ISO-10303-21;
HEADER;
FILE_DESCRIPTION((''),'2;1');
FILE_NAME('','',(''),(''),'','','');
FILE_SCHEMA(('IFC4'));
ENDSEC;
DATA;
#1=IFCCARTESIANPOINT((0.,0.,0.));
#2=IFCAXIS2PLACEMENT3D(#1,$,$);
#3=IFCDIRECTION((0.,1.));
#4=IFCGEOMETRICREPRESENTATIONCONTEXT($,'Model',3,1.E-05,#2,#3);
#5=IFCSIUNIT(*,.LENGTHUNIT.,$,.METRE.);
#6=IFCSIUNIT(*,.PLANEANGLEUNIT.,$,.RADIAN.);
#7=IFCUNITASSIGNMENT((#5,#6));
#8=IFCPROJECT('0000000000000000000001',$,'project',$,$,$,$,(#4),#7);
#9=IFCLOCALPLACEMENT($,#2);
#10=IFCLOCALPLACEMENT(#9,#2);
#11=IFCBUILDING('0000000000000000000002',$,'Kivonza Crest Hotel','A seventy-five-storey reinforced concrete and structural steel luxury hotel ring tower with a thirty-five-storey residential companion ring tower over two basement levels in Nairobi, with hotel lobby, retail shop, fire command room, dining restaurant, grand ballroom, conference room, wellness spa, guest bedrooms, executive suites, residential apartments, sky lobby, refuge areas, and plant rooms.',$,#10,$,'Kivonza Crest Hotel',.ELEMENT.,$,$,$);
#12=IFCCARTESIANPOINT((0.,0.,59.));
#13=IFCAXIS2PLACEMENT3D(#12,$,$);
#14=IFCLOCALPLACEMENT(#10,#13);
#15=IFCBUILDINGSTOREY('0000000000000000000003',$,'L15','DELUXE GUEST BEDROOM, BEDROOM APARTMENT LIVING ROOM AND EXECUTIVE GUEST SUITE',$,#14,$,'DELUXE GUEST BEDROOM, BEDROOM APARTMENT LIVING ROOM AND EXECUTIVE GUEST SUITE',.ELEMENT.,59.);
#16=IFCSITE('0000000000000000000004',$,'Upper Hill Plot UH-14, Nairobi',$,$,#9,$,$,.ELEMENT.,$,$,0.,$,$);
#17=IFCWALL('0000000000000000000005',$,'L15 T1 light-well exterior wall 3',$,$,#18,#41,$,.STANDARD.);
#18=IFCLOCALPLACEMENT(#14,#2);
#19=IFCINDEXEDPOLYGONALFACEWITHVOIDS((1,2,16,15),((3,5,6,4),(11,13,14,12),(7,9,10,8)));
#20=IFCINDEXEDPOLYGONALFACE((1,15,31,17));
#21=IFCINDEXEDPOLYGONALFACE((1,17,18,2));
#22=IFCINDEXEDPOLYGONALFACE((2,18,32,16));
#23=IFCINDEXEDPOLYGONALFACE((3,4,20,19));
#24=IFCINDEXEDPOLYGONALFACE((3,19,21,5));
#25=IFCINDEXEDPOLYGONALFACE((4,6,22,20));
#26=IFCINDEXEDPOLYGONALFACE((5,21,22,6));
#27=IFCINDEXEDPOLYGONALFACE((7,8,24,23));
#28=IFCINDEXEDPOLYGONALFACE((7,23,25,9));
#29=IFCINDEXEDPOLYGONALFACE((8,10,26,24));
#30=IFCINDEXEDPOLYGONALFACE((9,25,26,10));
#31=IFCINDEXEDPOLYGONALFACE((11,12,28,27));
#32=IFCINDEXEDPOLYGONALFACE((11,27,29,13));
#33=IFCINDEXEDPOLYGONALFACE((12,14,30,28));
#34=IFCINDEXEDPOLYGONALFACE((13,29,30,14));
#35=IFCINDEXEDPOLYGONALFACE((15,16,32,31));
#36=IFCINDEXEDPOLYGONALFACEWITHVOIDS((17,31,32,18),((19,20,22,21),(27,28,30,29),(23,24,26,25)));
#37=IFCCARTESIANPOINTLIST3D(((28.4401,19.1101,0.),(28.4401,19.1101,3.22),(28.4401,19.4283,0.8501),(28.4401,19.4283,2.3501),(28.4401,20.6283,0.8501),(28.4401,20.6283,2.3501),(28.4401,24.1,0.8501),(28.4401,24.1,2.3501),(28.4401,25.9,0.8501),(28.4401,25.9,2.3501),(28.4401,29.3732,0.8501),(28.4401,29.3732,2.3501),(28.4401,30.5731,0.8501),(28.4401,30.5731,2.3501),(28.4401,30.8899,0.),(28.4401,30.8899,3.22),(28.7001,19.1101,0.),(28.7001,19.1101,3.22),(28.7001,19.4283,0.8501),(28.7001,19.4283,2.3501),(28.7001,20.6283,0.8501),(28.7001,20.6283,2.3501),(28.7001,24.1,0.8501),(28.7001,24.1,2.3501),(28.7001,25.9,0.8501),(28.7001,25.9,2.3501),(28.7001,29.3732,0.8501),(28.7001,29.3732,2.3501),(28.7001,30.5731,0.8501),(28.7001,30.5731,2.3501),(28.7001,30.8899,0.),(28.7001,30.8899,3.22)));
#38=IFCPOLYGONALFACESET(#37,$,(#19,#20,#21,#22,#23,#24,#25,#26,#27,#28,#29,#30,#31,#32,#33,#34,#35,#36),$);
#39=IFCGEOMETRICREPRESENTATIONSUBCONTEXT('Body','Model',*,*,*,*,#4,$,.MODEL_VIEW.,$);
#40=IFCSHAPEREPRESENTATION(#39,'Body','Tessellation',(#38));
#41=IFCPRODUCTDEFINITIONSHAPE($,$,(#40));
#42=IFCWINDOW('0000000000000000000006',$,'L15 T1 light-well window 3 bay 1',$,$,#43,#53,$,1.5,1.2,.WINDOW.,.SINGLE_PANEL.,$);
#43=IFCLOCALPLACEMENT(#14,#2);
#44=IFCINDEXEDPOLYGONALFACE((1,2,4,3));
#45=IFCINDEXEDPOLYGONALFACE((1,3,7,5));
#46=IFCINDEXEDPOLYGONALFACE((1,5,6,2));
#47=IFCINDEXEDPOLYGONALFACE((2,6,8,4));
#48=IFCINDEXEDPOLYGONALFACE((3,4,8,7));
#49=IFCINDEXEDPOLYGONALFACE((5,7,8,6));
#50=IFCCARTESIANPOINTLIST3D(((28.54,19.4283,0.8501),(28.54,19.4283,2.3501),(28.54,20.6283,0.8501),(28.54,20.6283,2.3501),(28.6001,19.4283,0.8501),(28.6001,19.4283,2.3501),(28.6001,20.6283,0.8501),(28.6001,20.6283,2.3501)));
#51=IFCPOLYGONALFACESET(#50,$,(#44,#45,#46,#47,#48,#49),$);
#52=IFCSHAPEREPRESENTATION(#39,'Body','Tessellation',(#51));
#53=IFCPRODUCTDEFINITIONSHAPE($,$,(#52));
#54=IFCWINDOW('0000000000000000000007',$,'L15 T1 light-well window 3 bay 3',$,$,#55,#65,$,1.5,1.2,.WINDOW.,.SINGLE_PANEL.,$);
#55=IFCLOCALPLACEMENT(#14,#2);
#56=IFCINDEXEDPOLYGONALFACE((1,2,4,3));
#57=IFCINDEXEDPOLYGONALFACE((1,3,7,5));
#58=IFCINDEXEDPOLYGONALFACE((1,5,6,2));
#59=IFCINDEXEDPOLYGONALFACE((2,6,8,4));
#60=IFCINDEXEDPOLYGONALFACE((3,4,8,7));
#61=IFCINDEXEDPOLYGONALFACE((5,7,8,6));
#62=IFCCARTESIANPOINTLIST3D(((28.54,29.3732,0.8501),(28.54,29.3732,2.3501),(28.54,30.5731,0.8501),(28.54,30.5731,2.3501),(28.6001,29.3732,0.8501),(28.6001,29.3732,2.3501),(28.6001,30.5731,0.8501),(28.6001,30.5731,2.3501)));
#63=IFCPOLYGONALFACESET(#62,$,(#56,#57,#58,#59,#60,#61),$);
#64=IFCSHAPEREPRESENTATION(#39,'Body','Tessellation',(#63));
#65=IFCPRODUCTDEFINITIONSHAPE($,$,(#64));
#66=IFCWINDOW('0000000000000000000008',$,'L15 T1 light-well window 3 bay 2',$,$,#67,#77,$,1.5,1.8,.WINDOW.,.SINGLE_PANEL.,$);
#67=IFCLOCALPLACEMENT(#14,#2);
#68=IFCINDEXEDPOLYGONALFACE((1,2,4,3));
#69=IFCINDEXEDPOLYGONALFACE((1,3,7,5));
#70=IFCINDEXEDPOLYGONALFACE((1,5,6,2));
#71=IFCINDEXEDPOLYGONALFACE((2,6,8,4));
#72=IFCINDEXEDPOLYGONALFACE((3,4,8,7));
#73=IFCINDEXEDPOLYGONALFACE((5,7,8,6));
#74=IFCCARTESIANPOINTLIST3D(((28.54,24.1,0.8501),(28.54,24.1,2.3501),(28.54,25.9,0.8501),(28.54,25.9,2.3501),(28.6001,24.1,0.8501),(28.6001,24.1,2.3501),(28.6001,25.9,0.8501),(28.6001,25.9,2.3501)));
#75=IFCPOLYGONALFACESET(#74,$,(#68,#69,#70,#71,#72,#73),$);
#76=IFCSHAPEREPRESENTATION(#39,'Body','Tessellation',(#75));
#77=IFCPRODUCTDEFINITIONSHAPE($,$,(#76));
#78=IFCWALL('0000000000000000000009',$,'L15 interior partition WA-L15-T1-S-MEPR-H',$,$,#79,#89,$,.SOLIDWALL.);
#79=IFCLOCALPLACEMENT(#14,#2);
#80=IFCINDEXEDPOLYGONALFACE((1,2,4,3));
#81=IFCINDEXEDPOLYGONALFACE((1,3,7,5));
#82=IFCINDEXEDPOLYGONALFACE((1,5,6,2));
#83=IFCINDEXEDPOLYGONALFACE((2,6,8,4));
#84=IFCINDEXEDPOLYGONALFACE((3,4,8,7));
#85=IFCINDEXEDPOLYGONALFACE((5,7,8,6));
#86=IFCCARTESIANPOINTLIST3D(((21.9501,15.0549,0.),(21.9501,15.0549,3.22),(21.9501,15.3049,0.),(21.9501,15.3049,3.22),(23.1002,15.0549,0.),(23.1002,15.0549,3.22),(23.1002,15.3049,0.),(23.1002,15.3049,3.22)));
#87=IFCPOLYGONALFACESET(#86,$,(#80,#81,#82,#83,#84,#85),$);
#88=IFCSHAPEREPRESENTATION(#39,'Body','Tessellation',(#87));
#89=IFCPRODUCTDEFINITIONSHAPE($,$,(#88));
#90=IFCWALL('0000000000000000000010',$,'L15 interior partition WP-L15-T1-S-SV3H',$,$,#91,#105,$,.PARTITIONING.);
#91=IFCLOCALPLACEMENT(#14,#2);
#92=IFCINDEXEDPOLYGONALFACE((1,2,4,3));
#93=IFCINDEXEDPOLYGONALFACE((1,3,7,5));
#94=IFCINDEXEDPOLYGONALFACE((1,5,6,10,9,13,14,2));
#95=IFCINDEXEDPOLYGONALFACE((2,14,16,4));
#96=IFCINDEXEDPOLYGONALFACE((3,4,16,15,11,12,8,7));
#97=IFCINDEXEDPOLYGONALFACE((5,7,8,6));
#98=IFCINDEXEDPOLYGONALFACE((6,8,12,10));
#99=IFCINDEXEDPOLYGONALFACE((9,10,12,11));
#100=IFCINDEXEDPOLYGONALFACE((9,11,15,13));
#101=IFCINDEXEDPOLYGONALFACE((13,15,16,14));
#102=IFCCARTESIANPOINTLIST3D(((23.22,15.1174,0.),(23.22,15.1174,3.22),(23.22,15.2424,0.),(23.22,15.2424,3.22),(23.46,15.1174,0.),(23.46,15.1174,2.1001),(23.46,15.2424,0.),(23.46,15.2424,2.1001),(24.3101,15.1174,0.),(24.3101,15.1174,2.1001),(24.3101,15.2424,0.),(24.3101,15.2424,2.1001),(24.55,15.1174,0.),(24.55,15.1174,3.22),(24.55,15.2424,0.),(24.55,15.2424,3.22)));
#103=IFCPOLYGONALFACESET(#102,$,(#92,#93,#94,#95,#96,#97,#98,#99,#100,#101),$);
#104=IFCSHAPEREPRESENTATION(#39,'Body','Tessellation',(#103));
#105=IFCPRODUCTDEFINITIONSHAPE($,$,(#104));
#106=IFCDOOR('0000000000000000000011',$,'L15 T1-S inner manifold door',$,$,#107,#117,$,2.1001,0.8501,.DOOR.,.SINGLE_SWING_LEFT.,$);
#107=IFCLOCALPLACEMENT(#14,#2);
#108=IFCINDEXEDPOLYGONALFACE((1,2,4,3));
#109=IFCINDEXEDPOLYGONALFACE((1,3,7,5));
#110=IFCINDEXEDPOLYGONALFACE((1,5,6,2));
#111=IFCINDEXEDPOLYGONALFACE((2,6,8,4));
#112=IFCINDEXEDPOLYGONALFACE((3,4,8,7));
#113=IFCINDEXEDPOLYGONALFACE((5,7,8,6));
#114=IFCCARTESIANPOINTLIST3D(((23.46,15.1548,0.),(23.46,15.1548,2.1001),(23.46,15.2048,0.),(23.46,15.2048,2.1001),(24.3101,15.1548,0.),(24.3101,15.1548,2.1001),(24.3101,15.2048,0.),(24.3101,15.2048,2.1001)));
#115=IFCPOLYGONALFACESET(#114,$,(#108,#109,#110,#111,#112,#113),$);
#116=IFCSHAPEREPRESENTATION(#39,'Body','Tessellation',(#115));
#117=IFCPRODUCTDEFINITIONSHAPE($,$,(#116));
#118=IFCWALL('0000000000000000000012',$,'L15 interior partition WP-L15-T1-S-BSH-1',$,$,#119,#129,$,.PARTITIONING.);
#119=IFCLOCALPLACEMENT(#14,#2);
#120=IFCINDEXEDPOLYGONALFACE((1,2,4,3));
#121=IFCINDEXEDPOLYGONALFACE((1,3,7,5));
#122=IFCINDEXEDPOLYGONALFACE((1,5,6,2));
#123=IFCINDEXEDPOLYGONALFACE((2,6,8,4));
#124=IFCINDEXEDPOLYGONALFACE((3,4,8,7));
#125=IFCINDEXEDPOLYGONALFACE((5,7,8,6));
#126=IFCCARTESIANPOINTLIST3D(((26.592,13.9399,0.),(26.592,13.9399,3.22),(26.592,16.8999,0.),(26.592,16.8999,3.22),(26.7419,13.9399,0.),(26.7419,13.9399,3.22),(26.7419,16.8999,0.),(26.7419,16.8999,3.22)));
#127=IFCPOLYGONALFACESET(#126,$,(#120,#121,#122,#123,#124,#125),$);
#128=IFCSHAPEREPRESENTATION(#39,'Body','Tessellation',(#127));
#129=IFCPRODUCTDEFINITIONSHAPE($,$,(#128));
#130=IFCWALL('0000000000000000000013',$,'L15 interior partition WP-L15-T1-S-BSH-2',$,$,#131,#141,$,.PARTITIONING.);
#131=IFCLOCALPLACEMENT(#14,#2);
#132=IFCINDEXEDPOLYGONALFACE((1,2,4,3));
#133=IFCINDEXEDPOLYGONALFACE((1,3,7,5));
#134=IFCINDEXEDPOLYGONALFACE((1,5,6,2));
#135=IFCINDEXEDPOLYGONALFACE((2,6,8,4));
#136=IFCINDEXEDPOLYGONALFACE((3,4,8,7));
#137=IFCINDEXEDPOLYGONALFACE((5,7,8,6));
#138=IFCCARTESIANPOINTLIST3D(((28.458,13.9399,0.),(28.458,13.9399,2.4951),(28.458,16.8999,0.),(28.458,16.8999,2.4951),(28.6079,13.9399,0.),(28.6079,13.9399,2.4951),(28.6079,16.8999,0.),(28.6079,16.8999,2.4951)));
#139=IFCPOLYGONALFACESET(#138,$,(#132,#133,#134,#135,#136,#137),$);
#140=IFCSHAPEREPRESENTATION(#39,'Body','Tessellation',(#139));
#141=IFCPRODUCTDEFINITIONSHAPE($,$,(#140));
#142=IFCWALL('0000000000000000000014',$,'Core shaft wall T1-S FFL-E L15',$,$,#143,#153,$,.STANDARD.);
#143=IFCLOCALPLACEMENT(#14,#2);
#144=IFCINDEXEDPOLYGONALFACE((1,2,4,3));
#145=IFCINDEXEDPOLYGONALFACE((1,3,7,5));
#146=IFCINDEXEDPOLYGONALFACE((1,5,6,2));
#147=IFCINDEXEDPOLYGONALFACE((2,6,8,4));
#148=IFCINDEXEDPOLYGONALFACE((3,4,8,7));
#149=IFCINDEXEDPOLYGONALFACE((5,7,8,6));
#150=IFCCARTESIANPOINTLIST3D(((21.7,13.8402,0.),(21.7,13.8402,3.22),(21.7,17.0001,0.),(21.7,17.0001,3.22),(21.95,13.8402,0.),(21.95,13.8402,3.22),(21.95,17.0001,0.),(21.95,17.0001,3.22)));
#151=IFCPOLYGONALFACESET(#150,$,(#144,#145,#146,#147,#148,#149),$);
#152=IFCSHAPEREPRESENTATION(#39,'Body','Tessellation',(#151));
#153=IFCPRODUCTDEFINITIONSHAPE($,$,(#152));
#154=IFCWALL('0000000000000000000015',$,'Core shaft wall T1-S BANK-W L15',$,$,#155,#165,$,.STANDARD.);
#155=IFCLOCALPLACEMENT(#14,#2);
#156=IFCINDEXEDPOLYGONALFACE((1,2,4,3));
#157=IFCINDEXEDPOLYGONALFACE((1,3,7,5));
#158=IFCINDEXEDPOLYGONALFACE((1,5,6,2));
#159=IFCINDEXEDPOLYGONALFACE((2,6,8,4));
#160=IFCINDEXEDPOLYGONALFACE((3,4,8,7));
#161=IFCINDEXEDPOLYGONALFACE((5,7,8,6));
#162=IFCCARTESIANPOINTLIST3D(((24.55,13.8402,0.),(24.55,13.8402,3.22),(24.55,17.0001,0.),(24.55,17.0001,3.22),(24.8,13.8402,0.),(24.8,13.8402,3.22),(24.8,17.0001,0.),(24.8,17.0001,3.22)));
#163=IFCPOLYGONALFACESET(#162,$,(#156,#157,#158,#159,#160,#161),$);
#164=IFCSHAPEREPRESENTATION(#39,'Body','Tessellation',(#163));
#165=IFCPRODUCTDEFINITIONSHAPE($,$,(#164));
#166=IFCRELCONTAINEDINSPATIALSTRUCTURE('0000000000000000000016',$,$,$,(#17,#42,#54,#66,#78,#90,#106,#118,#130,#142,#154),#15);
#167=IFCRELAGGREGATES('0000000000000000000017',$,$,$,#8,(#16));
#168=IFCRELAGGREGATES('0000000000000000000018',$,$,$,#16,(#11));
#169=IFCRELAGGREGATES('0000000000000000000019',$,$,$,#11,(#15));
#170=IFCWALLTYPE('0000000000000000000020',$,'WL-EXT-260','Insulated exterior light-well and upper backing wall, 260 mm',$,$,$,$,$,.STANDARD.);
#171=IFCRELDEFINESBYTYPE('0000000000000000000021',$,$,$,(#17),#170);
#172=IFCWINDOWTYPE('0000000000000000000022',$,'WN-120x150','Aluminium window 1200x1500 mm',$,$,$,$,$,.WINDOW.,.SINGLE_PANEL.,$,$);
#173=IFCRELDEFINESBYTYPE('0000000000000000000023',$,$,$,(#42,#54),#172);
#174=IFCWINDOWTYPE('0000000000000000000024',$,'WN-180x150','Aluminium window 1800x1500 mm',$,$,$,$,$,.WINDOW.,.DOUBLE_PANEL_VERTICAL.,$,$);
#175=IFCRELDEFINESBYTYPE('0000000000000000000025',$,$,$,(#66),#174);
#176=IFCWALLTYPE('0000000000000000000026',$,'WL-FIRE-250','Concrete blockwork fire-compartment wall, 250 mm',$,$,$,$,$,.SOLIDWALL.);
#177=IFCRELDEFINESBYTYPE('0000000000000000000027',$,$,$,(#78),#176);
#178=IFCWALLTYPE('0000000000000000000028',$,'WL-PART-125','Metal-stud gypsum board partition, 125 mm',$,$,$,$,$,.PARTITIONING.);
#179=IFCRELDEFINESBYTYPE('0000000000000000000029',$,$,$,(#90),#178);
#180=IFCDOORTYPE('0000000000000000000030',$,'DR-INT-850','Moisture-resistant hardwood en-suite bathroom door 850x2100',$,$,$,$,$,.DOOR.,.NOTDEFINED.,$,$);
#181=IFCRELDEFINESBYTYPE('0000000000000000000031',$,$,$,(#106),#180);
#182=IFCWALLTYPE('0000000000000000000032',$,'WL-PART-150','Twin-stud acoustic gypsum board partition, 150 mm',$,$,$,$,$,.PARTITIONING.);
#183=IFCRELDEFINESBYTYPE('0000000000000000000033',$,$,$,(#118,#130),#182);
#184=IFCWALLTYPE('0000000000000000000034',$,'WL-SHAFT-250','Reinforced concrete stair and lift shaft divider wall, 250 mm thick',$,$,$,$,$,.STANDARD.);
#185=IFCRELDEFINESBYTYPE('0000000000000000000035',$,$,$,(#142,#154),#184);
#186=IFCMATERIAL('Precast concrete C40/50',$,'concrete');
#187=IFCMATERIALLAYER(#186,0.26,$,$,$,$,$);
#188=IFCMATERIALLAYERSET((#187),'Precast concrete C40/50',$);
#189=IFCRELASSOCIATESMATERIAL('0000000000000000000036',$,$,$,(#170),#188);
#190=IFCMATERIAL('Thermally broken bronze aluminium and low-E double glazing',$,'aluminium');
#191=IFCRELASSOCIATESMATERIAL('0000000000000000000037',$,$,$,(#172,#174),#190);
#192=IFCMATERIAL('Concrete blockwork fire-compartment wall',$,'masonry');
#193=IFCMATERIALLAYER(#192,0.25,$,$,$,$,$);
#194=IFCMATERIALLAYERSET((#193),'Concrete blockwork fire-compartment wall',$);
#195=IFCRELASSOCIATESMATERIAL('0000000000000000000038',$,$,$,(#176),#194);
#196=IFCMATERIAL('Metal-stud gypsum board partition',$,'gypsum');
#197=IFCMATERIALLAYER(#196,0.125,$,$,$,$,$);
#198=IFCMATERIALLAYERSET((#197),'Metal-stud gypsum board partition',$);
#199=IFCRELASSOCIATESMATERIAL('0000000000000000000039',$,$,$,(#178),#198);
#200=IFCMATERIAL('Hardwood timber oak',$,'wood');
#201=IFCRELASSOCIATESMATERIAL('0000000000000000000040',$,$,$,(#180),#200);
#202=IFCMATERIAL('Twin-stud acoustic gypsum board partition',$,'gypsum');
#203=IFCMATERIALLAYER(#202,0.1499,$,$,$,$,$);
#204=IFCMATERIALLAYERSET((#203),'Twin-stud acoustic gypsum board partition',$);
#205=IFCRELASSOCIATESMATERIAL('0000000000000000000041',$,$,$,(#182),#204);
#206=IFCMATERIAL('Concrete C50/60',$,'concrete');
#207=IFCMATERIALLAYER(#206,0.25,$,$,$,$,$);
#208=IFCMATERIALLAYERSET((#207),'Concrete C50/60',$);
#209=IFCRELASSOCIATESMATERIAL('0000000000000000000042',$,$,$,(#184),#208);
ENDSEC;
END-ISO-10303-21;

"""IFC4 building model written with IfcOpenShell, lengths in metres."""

from ifc_helpers import new_model, si_unit, direction, frame, frame_2d, origin, place, context, subcontext, project, spatial, rectangle, extrude, material, layer, layer_set, type_object, element, fill, save


model = new_model("IFC4")

# Units and contexts
model_context = context("Model", 3, precision=1e-05, world=origin(), true_north=direction((0.0, 1.0)))
body_context = subcontext(model_context, "Body", "Model", "MODEL_VIEW")
ifc_project = project(units=[si_unit("LENGTHUNIT", "METRE"), si_unit("PLANEANGLEUNIT", "RADIAN")], contexts=[model_context])

# Site, building, storey
site_placement = place(None, origin())
site = spatial("IfcSite", under=ifc_project, at=site_placement, Name="Upper Hill Plot UH-14, Nairobi", CompositionType="ELEMENT", RefElevation=0.0)
building_placement = place(site_placement, origin())
building = spatial("IfcBuilding", under=site, at=building_placement, Name="Kivonza Crest Hotel", Description="A seventy-five-storey reinforced concrete and structural steel luxury hotel ring tower with a thirty-five-storey residential companion ring tower over two basement levels in Nairobi, with hotel lobby, retail shop, fire command room, dining restaurant, grand ballroom, conference room, wellness spa, guest bedrooms, executive suites, residential apartments, sky lobby, refuge areas, and plant rooms.", LongName="Kivonza Crest Hotel", CompositionType="ELEMENT")
storey_placement = place(building_placement, frame((0.0, 0.0, 59.0)))
storey = spatial("IfcBuildingStorey", under=building, at=storey_placement, Name="L15", Description="DELUXE GUEST BEDROOM, BEDROOM APARTMENT LIVING ROOM AND EXECUTIVE GUEST SUITE", LongName="DELUXE GUEST BEDROOM, BEDROOM APARTMENT LIVING ROOM AND EXECUTIVE GUEST SUITE", CompositionType="ELEMENT", Elevation=59.0)

# Shared definitions
ifc_material_1 = material(Name="Hardwood timber oak", Category="wood")

# Shared definitions
ifc_material_2 = material(Name="Precast concrete C40/50", Category="concrete")
ifc_layer_1 = layer(ifc_material_2, 0.26)
ifc_layer_set_1 = layer_set([ifc_layer_1], Name="Precast concrete C40/50")
wall_type_1 = type_object("IfcWallType", Name="WL-EXT-260", Description="Insulated exterior light-well and upper backing wall, 260 mm", PredefinedType="STANDARD", material=ifc_layer_set_1)

# Wall, openings, windows
wall_1_placement = place(storey_placement, frame((28.5701, 19.1101, 0.0), z_axis=(0.0, 0.0, 1.0), x_axis=(0.0, 1.0, 0.0)))
wall_1 = element("IfcWall", 1, at=wall_1_placement, inside=storey, type_object=wall_type_1, Name="L15 T1 light-well exterior wall 3", PredefinedType="STANDARD", context=body_context, shape_type="SweptSolid", body=[
    extrude(rectangle(XDim=11.7798, YDim=0.26, at=frame_2d((5.8899, 0.0))), origin(), (0.0, 0.0, 1.0), 3.22),
])
opening_1_placement = place(wall_1_placement, frame((0.3181, 0.0, 0.8501)))
opening_1 = element("IfcOpeningElement", 2, at=opening_1_placement, cuts=wall_1, PredefinedType="OPENING", context=body_context, shape_type="SweptSolid", body=[
    extrude(rectangle(XDim=1.2, YDim=1.5, at=frame_2d((0.6001, 0.75))), frame((0.0, 0.1401, 0.0), z_axis=(0.0, -1.0, 0.0), x_axis=(1.0, 0.0, 0.0)), (0.0, 0.0, 1.0), 0.28),
])
opening_2_placement = place(wall_1_placement, frame((4.99, 0.0, 0.8501)))
opening_2 = element("IfcOpeningElement", 3, at=opening_2_placement, cuts=wall_1, PredefinedType="OPENING", context=body_context, shape_type="SweptSolid", body=[
    extrude(rectangle(XDim=1.8, YDim=1.5, at=frame_2d((0.8999, 0.75))), frame((0.0, 0.1401, 0.0), z_axis=(0.0, -1.0, 0.0), x_axis=(1.0, 0.0, 0.0)), (0.0, 0.0, 1.0), 0.28),
])
opening_3_placement = place(wall_1_placement, frame((10.2629, 0.0, 0.8501)))
opening_3 = element("IfcOpeningElement", 4, at=opening_3_placement, cuts=wall_1, PredefinedType="OPENING", context=body_context, shape_type="SweptSolid", body=[
    extrude(rectangle(XDim=1.2, YDim=1.5, at=frame_2d((0.6001, 0.75))), frame((0.0, 0.1401, 0.0), z_axis=(0.0, -1.0, 0.0), x_axis=(1.0, 0.0, 0.0)), (0.0, 0.0, 1.0), 0.28),
])
ifc_material_3 = material(Name="Thermally broken bronze aluminium and low-E double glazing", Category="aluminium")
window_type_1 = type_object("IfcWindowType", Name="WN-120x150", Description="Aluminium window 1200x1500 mm", PartitioningType="SINGLE_PANEL", PredefinedType="WINDOW", material=ifc_material_3)
window_1_placement = place(opening_1_placement, origin())
window_1 = element("IfcWindow", 5, at=window_1_placement, inside=storey, type_object=window_type_1, Name="L15 T1 light-well window 3 bay 1", OverallHeight=1.5, OverallWidth=1.2, PartitioningType="SINGLE_PANEL", PredefinedType="WINDOW", context=body_context, shape_type="SweptSolid", body=[
    extrude(rectangle(XDim=1.2, YDim=1.5, at=frame_2d((0.6001, 0.75))), frame((0.0, 0.03, 0.0), z_axis=(0.0, -1.0, 0.0), x_axis=(1.0, 0.0, 0.0)), (0.0, 0.0, 1.0), 0.0601),
])
fill(opening_1, window_1)
window_2_placement = place(opening_3_placement, origin())
window_2 = element("IfcWindow", 6, at=window_2_placement, inside=storey, type_object=window_type_1, Name="L15 T1 light-well window 3 bay 3", OverallHeight=1.5, OverallWidth=1.2, PartitioningType="SINGLE_PANEL", PredefinedType="WINDOW", context=body_context, shape_type="SweptSolid", body=[
    extrude(rectangle(XDim=1.2, YDim=1.5, at=frame_2d((0.6001, 0.75))), frame((0.0, 0.03, 0.0), z_axis=(0.0, -1.0, 0.0), x_axis=(1.0, 0.0, 0.0)), (0.0, 0.0, 1.0), 0.0601),
])
fill(opening_3, window_2)
window_type_2 = type_object("IfcWindowType", Name="WN-180x150", Description="Aluminium window 1800x1500 mm", PartitioningType="DOUBLE_PANEL_VERTICAL", PredefinedType="WINDOW", material=ifc_material_3)
window_3_placement = place(opening_2_placement, origin())
window_3 = element("IfcWindow", 7, at=window_3_placement, inside=storey, type_object=window_type_2, Name="L15 T1 light-well window 3 bay 2", OverallHeight=1.5, OverallWidth=1.8, PartitioningType="SINGLE_PANEL", PredefinedType="WINDOW", context=body_context, shape_type="SweptSolid", body=[
    extrude(rectangle(XDim=1.8, YDim=1.5, at=frame_2d((0.8999, 0.75))), frame((0.0, 0.03, 0.0), z_axis=(0.0, -1.0, 0.0), x_axis=(1.0, 0.0, 0.0)), (0.0, 0.0, 1.0), 0.0601),
])
fill(opening_2, window_3)

# Wall
ifc_material_4 = material(Name="Concrete blockwork fire-compartment wall", Category="masonry")
ifc_layer_2 = layer(ifc_material_4, 0.25)
ifc_layer_set_2 = layer_set([ifc_layer_2], Name="Concrete blockwork fire-compartment wall")
wall_type_2 = type_object("IfcWallType", Name="WL-FIRE-250", Description="Concrete blockwork fire-compartment wall, 250 mm", PredefinedType="SOLIDWALL", material=ifc_layer_set_2)
wall_2_placement = place(storey_placement, frame((21.95, 15.1799, 0.0), z_axis=(0.0, 0.0, 1.0), x_axis=(1.0, 0.0, 0.0)))
element("IfcWall", 8, at=wall_2_placement, inside=storey, type_object=wall_type_2, Name="L15 interior partition WA-L15-T1-S-MEPR-H", PredefinedType="SOLIDWALL", context=body_context, shape_type="SweptSolid", body=[
    extrude(rectangle(XDim=1.1501, YDim=0.25, at=frame_2d((0.5752, 0.0))), origin(), (0.0, 0.0, 1.0), 3.22),
])

# Wall, opening, door
ifc_material_5 = material(Name="Metal-stud gypsum board partition", Category="gypsum")
ifc_layer_3 = layer(ifc_material_5, 0.125)
ifc_layer_set_3 = layer_set([ifc_layer_3], Name="Metal-stud gypsum board partition")
wall_type_3 = type_object("IfcWallType", Name="WL-PART-125", Description="Metal-stud gypsum board partition, 125 mm", PredefinedType="PARTITIONING", material=ifc_layer_set_3)
wall_3_placement = place(storey_placement, frame((23.22, 15.1799, 0.0), z_axis=(0.0, 0.0, 1.0), x_axis=(1.0, 0.0, 0.0)))
wall_3 = element("IfcWall", 9, at=wall_3_placement, inside=storey, type_object=wall_type_3, Name="L15 interior partition WP-L15-T1-S-SV3H", PredefinedType="PARTITIONING", context=body_context, shape_type="SweptSolid", body=[
    extrude(rectangle(XDim=1.3301, YDim=0.125, at=frame_2d((0.665, 0.0))), origin(), (0.0, 0.0, 1.0), 3.22),
])
opening_4_placement = place(wall_3_placement, frame((0.24, 0.0, 0.0)))
opening_4 = element("IfcOpeningElement", 10, at=opening_4_placement, cuts=wall_3, PredefinedType="OPENING", context=body_context, shape_type="SweptSolid", body=[
    extrude(rectangle(XDim=0.8501, YDim=2.1001, at=frame_2d((0.425, 1.05))), frame((0.0, 0.0725, 0.0), z_axis=(0.0, -1.0, 0.0), x_axis=(1.0, 0.0, 0.0)), (0.0, 0.0, 1.0), 0.145),
])
door_type_1 = type_object("IfcDoorType", Name="DR-INT-850", Description="Moisture-resistant hardwood en-suite bathroom door 850x2100", OperationType="NOTDEFINED", PredefinedType="DOOR", material=ifc_material_1)
door_1_placement = place(opening_4_placement, origin())
door_1 = element("IfcDoor", 11, at=door_1_placement, inside=storey, type_object=door_type_1, Name="L15 T1-S inner manifold door", OperationType="SINGLE_SWING_LEFT", OverallHeight=2.1001, OverallWidth=0.8501, PredefinedType="DOOR", context=body_context, shape_type="SweptSolid", body=[
    extrude(rectangle(XDim=0.8501, YDim=2.1001, at=frame_2d((0.425, 1.05))), frame((0.0, 0.0249, 0.0), z_axis=(0.0, -1.0, 0.0), x_axis=(1.0, 0.0, 0.0)), (0.0, 0.0, 1.0), 0.05),
])
fill(opening_4, door_1)

# Walls
ifc_material_6 = material(Name="Twin-stud acoustic gypsum board partition", Category="gypsum")
ifc_layer_4 = layer(ifc_material_6, 0.1499)
ifc_layer_set_4 = layer_set([ifc_layer_4], Name="Twin-stud acoustic gypsum board partition")
wall_type_4 = type_object("IfcWallType", Name="WL-PART-150", Description="Twin-stud acoustic gypsum board partition, 150 mm", PredefinedType="PARTITIONING", material=ifc_layer_set_4)
wall_4_placement = place(storey_placement, frame((26.667, 13.9399, 0.0), z_axis=(0.0, 0.0, 1.0), x_axis=(0.0, 1.0, 0.0)))
element("IfcWall", 12, at=wall_4_placement, inside=storey, type_object=wall_type_4, Name="L15 interior partition WP-L15-T1-S-BSH-1", PredefinedType="PARTITIONING", context=body_context, shape_type="SweptSolid", body=[
    extrude(rectangle(XDim=2.96, YDim=0.1499, at=frame_2d((1.48, 0.0))), origin(), (0.0, 0.0, 1.0), 3.22),
])
wall_5_placement = place(storey_placement, frame((28.533, 13.9399, 0.0), z_axis=(0.0, 0.0, 1.0), x_axis=(0.0, 1.0, 0.0)))
element("IfcWall", 13, at=wall_5_placement, inside=storey, type_object=wall_type_4, Name="L15 interior partition WP-L15-T1-S-BSH-2", PredefinedType="PARTITIONING", context=body_context, shape_type="SweptSolid", body=[
    extrude(rectangle(XDim=2.96, YDim=0.1499, at=frame_2d((1.48, 0.0))), origin(), (0.0, 0.0, 1.0), 2.4951),
])

# Shared definitions
ifc_material_7 = material(Name="Concrete C50/60", Category="concrete")
ifc_layer_5 = layer(ifc_material_7, 0.25)
ifc_layer_set_5 = layer_set([ifc_layer_5], Name="Concrete C50/60")
wall_type_5 = type_object("IfcWallType", Name="WL-SHAFT-250", Description="Reinforced concrete stair and lift shaft divider wall, 250 mm thick", PredefinedType="STANDARD", material=ifc_layer_set_5)

# Walls
for number, where, z_axis, x_axis, name in (
    (14, (21.825, 13.8401, 0.0), (0.0, 0.0, 1.0), (0.0, 1.0, 0.0), "Core shaft wall T1-S FFL-E L15"),
    (15, (24.675, 13.8401, 0.0), (0.0, 0.0, 1.0), (0.0, 1.0, 0.0), "Core shaft wall T1-S BANK-W L15"),
):
    element("IfcWall", number, at=place(storey_placement, frame(where, z_axis=z_axis, x_axis=x_axis)), inside=storey, type_object=wall_type_5, Name=name, PredefinedType="STANDARD", context=body_context, shape_type="SweptSolid", body=[
        extrude(rectangle(XDim=3.1599, YDim=0.25, at=frame_2d((1.5801, 0.0))), origin(), (0.0, 0.0, 1.0), 3.22),
    ])

save(model, "model.ifc")
